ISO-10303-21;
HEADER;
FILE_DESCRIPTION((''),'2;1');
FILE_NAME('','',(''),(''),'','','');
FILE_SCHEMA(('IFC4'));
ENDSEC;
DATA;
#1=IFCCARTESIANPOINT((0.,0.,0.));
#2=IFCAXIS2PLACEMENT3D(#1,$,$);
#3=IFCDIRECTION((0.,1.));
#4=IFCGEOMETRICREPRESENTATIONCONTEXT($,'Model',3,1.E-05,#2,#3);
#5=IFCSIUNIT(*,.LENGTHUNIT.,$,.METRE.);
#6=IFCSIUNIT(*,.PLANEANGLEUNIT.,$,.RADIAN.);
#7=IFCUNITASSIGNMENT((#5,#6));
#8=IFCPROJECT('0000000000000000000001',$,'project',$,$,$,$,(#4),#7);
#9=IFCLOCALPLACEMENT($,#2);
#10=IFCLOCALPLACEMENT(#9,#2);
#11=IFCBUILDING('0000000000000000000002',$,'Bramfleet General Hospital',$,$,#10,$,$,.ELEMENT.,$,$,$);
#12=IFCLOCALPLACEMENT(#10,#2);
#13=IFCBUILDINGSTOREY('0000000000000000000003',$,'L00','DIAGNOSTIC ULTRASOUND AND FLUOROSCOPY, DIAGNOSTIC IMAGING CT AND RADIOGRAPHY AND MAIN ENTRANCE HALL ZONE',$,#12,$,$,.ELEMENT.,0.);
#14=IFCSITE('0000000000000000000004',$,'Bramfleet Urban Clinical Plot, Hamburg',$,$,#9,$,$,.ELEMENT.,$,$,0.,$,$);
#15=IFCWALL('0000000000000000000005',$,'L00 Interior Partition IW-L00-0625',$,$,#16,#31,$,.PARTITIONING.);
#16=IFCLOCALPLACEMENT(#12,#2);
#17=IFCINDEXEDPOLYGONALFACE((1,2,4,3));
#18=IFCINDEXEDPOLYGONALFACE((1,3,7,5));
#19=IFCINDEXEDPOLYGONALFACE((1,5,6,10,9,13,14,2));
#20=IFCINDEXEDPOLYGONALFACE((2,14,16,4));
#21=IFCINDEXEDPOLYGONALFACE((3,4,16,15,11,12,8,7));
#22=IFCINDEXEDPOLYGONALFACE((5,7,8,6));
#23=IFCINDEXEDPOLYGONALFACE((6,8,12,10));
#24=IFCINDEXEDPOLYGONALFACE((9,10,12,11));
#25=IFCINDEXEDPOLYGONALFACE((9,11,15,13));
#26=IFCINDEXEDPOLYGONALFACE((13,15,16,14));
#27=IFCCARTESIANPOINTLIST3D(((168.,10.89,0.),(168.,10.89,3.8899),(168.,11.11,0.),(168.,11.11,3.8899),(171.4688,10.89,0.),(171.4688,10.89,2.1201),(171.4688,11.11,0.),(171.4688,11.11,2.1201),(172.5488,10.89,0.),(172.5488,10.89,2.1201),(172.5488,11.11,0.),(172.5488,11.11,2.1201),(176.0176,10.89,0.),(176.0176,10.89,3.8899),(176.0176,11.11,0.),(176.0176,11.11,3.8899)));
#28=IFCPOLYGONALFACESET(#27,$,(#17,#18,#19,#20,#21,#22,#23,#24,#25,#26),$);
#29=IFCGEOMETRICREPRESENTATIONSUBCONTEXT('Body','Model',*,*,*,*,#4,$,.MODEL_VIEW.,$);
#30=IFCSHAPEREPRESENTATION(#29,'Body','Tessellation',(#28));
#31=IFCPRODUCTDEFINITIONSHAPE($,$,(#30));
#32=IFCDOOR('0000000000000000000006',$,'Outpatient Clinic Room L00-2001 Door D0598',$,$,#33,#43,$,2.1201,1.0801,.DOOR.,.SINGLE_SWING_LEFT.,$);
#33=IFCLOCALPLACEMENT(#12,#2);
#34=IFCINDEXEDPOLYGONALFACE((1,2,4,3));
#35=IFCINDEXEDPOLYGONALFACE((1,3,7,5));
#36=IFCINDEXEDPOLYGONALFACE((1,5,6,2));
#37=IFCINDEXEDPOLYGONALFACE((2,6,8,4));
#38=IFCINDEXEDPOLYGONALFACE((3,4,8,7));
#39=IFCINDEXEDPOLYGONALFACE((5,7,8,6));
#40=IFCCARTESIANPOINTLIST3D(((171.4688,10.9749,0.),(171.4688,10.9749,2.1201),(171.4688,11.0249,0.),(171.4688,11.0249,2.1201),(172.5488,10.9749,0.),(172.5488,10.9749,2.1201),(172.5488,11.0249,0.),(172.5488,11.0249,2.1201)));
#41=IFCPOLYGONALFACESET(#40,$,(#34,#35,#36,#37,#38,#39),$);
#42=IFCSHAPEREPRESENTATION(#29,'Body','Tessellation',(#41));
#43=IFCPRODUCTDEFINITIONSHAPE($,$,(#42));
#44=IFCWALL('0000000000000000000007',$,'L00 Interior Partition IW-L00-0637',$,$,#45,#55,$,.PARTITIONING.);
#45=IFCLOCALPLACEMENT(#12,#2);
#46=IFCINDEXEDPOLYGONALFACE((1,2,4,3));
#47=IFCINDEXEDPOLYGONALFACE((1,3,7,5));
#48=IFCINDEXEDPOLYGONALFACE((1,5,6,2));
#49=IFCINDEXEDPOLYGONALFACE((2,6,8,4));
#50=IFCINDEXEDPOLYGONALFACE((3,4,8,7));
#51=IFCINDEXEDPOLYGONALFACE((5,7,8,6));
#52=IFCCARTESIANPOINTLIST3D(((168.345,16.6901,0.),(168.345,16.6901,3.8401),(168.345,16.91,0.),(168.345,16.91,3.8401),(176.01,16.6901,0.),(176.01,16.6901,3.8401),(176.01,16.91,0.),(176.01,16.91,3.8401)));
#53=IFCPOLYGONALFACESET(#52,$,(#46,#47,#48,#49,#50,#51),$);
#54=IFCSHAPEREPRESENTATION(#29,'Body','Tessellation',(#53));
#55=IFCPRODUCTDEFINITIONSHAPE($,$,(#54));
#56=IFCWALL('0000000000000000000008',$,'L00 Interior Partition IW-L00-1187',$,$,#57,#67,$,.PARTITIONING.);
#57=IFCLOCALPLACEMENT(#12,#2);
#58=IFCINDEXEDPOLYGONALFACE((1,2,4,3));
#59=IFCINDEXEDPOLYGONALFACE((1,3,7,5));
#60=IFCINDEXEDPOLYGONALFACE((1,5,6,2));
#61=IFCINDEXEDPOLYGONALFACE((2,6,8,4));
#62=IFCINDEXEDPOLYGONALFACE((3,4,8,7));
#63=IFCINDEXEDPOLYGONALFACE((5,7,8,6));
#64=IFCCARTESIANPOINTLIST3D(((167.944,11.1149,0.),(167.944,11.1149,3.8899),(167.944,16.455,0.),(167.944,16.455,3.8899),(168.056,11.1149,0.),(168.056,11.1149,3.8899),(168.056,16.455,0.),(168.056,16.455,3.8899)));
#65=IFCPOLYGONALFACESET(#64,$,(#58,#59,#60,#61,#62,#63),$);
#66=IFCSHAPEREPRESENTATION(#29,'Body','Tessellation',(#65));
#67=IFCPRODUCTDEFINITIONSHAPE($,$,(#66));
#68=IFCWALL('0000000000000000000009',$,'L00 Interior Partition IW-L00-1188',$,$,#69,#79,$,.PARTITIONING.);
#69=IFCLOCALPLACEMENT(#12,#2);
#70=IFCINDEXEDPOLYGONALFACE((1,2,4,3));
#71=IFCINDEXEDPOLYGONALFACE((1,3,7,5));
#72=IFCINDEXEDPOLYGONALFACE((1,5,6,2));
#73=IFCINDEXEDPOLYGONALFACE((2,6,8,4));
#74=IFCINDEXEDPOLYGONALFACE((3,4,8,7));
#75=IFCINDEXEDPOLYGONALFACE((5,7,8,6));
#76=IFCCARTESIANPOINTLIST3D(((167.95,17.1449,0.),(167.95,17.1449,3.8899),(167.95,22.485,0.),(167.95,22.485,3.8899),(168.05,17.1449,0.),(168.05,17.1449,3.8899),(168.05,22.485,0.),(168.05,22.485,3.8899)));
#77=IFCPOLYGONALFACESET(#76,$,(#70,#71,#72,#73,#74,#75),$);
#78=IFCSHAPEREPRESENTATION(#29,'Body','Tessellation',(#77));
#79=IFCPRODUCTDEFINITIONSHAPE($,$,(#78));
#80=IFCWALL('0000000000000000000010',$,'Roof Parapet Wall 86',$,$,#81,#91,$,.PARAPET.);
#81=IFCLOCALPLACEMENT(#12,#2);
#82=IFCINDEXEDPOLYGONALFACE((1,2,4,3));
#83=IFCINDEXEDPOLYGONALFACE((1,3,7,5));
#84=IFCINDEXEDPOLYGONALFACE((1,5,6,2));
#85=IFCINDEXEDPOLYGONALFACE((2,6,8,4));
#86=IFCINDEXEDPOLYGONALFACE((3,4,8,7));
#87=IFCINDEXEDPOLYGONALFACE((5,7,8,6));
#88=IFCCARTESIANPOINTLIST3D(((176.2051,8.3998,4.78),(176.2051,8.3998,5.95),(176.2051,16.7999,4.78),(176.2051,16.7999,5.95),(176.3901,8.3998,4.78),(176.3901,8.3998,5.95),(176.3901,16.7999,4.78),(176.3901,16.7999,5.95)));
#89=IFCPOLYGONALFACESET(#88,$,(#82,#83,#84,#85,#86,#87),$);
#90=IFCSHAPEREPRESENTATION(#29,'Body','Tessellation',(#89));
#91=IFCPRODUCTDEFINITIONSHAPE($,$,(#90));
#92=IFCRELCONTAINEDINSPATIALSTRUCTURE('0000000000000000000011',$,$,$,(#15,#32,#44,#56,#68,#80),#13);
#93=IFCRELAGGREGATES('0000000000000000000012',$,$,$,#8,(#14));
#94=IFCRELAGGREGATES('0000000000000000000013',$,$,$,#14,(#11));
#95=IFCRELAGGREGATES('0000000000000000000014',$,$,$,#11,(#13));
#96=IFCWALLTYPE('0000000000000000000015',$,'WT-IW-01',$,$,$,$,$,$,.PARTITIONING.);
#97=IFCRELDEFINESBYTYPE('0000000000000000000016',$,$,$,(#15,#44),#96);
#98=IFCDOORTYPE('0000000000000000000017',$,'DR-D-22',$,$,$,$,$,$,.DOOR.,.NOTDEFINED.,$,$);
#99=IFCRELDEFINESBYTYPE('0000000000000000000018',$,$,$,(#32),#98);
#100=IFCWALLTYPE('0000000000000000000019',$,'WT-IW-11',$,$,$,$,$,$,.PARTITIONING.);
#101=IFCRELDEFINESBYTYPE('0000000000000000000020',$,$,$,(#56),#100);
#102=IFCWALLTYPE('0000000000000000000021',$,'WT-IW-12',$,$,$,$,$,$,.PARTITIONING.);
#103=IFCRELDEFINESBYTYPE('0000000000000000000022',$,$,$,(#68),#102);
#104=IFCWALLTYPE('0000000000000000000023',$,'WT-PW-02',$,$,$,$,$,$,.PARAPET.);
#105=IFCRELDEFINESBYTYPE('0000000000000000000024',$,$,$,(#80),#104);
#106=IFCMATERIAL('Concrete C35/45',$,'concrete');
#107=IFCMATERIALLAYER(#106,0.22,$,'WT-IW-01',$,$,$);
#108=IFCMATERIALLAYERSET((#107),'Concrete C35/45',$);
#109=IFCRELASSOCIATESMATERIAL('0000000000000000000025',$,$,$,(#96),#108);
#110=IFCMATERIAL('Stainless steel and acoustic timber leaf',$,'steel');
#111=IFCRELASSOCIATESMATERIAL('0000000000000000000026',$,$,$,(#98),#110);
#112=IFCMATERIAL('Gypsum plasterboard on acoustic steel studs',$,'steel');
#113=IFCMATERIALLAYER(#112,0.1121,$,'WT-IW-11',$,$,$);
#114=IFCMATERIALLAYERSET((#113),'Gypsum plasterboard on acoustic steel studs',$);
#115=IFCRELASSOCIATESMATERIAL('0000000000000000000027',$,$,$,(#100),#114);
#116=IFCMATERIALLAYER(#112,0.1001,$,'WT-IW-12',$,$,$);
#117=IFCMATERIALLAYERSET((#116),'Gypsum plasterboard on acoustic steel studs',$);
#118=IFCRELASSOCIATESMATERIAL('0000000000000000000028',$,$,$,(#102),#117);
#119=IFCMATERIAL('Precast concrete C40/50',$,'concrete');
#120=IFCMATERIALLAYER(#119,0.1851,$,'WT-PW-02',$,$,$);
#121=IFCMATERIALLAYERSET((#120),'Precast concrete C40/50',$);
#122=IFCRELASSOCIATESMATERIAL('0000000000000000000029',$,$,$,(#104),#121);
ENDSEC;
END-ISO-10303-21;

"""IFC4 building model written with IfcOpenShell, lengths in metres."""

from ifc_helpers import new_model, si_unit, direction, frame, frame_2d, origin, place, context, subcontext, project, spatial, rectangle, extrude, material, layer, layer_set, type_object, element, fill, save


model = new_model("IFC4")

# Units and contexts
model_context = context("Model", 3, precision=1e-05, world=origin(), true_north=direction((0.0, 1.0)))
body_context = subcontext(model_context, "Body", "Model", "MODEL_VIEW")
ifc_project = project(units=[si_unit("LENGTHUNIT", "METRE"), si_unit("PLANEANGLEUNIT", "RADIAN")], contexts=[model_context])

# Site, building, storey
site_placement = place(None, origin())
site = spatial("IfcSite", under=ifc_project, at=site_placement, Name="Bramfleet Urban Clinical Plot, Hamburg", CompositionType="ELEMENT", RefElevation=0.0)
building_placement = place(site_placement, origin())
building = spatial("IfcBuilding", under=site, at=building_placement, Name="Bramfleet General Hospital", CompositionType="ELEMENT")
storey_placement = place(building_placement, origin())
storey = spatial("IfcBuildingStorey", under=building, at=storey_placement, Name="L00", Description="DIAGNOSTIC ULTRASOUND AND FLUOROSCOPY, DIAGNOSTIC IMAGING CT AND RADIOGRAPHY AND MAIN ENTRANCE HALL ZONE", CompositionType="ELEMENT", Elevation=0.0)

# Shared definitions
ifc_material_1 = material(Name="Concrete C35/45", Category="concrete")

# Wall, opening, door
ifc_layer_1 = layer(ifc_material_1, 0.22, Name="WT-IW-01")
ifc_layer_set_1 = layer_set([ifc_layer_1], Name="Concrete C35/45")
wall_type_1 = type_object("IfcWallType", Name="WT-IW-01", PredefinedType="PARTITIONING", material=ifc_layer_set_1)
wall_1_placement = place(storey_placement, frame((168.0, 11.0, 0.0), z_axis=(0.0, 0.0, 1.0), x_axis=(1.0, 0.0, 0.0)))
wall_1 = element("IfcWall", 1, at=wall_1_placement, inside=storey, type_object=wall_type_1, Name="L00 Interior Partition IW-L00-0625", PredefinedType="PARTITIONING", context=body_context, shape_type="SweptSolid", body=[
    extrude(rectangle(XDim=8.0176, YDim=0.22, at=frame_2d((4.0088, 0.0))), origin(), (0.0, 0.0, 1.0), 3.8899),
])
opening_placement = place(wall_1_placement, frame((3.4688, 0.0, 0.0)))
opening = element("IfcOpeningElement", 2, at=opening_placement, cuts=wall_1, PredefinedType="OPENING", context=body_context, shape_type="SweptSolid", body=[
    extrude(rectangle(XDim=1.0801, YDim=2.1201, at=frame_2d((0.54, 1.0601))), frame((0.0, 0.1199, 0.0), z_axis=(0.0, -1.0, 0.0), x_axis=(1.0, 0.0, 0.0)), (0.0, 0.0, 1.0), 0.24),
])
ifc_material_2 = material(Name="Stainless steel and acoustic timber leaf", Category="steel")
door_type = type_object("IfcDoorType", Name="DR-D-22", OperationType="NOTDEFINED", PredefinedType="DOOR", material=ifc_material_2)
door_placement = place(opening_placement, origin())
door = element("IfcDoor", 3, at=door_placement, inside=storey, type_object=door_type, Name="Outpatient Clinic Room L00-2001 Door D0598", OperationType="SINGLE_SWING_LEFT", OverallHeight=2.1201, OverallWidth=1.0801, PredefinedType="DOOR", context=body_context, shape_type="SweptSolid", body=[
    extrude(rectangle(XDim=1.0801, YDim=2.1201, at=frame_2d((0.54, 1.0601))), frame((0.0, 0.0249, 0.0), z_axis=(0.0, -1.0, 0.0), x_axis=(1.0, 0.0, 0.0)), (0.0, 0.0, 1.0), 0.05),
])
fill(opening, door)

# Walls
wall_2_placement = place(storey_placement, frame((168.345, 16.8, 0.0), z_axis=(0.0, 0.0, 1.0), x_axis=(1.0, 0.0, 0.0)))
element("IfcWall", 4, at=wall_2_placement, inside=storey, type_object=wall_type_1, Name="L00 Interior Partition IW-L00-0637", PredefinedType="PARTITIONING", context=body_context, shape_type="SweptSolid", body=[
    extrude(rectangle(XDim=7.665, YDim=0.22, at=frame_2d((3.8325, 0.0))), origin(), (0.0, 0.0, 1.0), 3.8401),
])
ifc_material_3 = material(Name="Gypsum plasterboard on acoustic steel studs", Category="steel")
ifc_layer_2 = layer(ifc_material_3, 0.1121, Name="WT-IW-11")
ifc_layer_set_2 = layer_set([ifc_layer_2], Name="Gypsum plasterboard on acoustic steel studs")
wall_type_2 = type_object("IfcWallType", Name="WT-IW-11", PredefinedType="PARTITIONING", material=ifc_layer_set_2)
wall_3_placement = place(storey_placement, frame((168.0, 11.115, 0.0), z_axis=(0.0, 0.0, 1.0), x_axis=(0.0, 1.0, 0.0)))
element("IfcWall", 5, at=wall_3_placement, inside=storey, type_object=wall_type_2, Name="L00 Interior Partition IW-L00-1187", PredefinedType="PARTITIONING", context=body_context, shape_type="SweptSolid", body=[
    extrude(rectangle(XDim=5.3401, YDim=0.1121, at=frame_2d((2.6699, 0.0))), origin(), (0.0, 0.0, 1.0), 3.8899),
])
ifc_layer_3 = layer(ifc_material_3, 0.1001, Name="WT-IW-12")
ifc_layer_set_3 = layer_set([ifc_layer_3], Name="Gypsum plasterboard on acoustic steel studs")
wall_type_3 = type_object("IfcWallType", Name="WT-IW-12", PredefinedType="PARTITIONING", material=ifc_layer_set_3)
wall_4_placement = place(storey_placement, frame((168.0, 17.145, 0.0), z_axis=(0.0, 0.0, 1.0), x_axis=(0.0, 1.0, 0.0)))
element("IfcWall", 6, at=wall_4_placement, inside=storey, type_object=wall_type_3, Name="L00 Interior Partition IW-L00-1188", PredefinedType="PARTITIONING", context=body_context, shape_type="SweptSolid", body=[
    extrude(rectangle(XDim=5.3401, YDim=0.1001, at=frame_2d((2.6699, 0.0))), origin(), (0.0, 0.0, 1.0), 3.8899),
])
ifc_material_4 = material(Name="Precast concrete C40/50", Category="concrete")
ifc_layer_4 = layer(ifc_material_4, 0.1851, Name="WT-PW-02")
ifc_layer_set_4 = layer_set([ifc_layer_4], Name="Precast concrete C40/50")
wall_type_4 = type_object("IfcWallType", Name="WT-PW-02", PredefinedType="PARAPET", material=ifc_layer_set_4)
wall_5_placement = place(storey_placement, frame((176.2976, 16.8, 4.78), z_axis=(0.0, 0.0, 1.0), x_axis=(0.0, -1.0, 0.0)))
element("IfcWall", 7, at=wall_5_placement, inside=storey, type_object=wall_type_4, Name="Roof Parapet Wall 86", PredefinedType="PARAPET", context=body_context, shape_type="SweptSolid", body=[
    extrude(rectangle(XDim=8.4001, YDim=0.1851, at=frame_2d((4.2002, 0.0))), origin(), (0.0, 0.0, 1.0), 1.1699),
])

save(model, "model.ifc")
